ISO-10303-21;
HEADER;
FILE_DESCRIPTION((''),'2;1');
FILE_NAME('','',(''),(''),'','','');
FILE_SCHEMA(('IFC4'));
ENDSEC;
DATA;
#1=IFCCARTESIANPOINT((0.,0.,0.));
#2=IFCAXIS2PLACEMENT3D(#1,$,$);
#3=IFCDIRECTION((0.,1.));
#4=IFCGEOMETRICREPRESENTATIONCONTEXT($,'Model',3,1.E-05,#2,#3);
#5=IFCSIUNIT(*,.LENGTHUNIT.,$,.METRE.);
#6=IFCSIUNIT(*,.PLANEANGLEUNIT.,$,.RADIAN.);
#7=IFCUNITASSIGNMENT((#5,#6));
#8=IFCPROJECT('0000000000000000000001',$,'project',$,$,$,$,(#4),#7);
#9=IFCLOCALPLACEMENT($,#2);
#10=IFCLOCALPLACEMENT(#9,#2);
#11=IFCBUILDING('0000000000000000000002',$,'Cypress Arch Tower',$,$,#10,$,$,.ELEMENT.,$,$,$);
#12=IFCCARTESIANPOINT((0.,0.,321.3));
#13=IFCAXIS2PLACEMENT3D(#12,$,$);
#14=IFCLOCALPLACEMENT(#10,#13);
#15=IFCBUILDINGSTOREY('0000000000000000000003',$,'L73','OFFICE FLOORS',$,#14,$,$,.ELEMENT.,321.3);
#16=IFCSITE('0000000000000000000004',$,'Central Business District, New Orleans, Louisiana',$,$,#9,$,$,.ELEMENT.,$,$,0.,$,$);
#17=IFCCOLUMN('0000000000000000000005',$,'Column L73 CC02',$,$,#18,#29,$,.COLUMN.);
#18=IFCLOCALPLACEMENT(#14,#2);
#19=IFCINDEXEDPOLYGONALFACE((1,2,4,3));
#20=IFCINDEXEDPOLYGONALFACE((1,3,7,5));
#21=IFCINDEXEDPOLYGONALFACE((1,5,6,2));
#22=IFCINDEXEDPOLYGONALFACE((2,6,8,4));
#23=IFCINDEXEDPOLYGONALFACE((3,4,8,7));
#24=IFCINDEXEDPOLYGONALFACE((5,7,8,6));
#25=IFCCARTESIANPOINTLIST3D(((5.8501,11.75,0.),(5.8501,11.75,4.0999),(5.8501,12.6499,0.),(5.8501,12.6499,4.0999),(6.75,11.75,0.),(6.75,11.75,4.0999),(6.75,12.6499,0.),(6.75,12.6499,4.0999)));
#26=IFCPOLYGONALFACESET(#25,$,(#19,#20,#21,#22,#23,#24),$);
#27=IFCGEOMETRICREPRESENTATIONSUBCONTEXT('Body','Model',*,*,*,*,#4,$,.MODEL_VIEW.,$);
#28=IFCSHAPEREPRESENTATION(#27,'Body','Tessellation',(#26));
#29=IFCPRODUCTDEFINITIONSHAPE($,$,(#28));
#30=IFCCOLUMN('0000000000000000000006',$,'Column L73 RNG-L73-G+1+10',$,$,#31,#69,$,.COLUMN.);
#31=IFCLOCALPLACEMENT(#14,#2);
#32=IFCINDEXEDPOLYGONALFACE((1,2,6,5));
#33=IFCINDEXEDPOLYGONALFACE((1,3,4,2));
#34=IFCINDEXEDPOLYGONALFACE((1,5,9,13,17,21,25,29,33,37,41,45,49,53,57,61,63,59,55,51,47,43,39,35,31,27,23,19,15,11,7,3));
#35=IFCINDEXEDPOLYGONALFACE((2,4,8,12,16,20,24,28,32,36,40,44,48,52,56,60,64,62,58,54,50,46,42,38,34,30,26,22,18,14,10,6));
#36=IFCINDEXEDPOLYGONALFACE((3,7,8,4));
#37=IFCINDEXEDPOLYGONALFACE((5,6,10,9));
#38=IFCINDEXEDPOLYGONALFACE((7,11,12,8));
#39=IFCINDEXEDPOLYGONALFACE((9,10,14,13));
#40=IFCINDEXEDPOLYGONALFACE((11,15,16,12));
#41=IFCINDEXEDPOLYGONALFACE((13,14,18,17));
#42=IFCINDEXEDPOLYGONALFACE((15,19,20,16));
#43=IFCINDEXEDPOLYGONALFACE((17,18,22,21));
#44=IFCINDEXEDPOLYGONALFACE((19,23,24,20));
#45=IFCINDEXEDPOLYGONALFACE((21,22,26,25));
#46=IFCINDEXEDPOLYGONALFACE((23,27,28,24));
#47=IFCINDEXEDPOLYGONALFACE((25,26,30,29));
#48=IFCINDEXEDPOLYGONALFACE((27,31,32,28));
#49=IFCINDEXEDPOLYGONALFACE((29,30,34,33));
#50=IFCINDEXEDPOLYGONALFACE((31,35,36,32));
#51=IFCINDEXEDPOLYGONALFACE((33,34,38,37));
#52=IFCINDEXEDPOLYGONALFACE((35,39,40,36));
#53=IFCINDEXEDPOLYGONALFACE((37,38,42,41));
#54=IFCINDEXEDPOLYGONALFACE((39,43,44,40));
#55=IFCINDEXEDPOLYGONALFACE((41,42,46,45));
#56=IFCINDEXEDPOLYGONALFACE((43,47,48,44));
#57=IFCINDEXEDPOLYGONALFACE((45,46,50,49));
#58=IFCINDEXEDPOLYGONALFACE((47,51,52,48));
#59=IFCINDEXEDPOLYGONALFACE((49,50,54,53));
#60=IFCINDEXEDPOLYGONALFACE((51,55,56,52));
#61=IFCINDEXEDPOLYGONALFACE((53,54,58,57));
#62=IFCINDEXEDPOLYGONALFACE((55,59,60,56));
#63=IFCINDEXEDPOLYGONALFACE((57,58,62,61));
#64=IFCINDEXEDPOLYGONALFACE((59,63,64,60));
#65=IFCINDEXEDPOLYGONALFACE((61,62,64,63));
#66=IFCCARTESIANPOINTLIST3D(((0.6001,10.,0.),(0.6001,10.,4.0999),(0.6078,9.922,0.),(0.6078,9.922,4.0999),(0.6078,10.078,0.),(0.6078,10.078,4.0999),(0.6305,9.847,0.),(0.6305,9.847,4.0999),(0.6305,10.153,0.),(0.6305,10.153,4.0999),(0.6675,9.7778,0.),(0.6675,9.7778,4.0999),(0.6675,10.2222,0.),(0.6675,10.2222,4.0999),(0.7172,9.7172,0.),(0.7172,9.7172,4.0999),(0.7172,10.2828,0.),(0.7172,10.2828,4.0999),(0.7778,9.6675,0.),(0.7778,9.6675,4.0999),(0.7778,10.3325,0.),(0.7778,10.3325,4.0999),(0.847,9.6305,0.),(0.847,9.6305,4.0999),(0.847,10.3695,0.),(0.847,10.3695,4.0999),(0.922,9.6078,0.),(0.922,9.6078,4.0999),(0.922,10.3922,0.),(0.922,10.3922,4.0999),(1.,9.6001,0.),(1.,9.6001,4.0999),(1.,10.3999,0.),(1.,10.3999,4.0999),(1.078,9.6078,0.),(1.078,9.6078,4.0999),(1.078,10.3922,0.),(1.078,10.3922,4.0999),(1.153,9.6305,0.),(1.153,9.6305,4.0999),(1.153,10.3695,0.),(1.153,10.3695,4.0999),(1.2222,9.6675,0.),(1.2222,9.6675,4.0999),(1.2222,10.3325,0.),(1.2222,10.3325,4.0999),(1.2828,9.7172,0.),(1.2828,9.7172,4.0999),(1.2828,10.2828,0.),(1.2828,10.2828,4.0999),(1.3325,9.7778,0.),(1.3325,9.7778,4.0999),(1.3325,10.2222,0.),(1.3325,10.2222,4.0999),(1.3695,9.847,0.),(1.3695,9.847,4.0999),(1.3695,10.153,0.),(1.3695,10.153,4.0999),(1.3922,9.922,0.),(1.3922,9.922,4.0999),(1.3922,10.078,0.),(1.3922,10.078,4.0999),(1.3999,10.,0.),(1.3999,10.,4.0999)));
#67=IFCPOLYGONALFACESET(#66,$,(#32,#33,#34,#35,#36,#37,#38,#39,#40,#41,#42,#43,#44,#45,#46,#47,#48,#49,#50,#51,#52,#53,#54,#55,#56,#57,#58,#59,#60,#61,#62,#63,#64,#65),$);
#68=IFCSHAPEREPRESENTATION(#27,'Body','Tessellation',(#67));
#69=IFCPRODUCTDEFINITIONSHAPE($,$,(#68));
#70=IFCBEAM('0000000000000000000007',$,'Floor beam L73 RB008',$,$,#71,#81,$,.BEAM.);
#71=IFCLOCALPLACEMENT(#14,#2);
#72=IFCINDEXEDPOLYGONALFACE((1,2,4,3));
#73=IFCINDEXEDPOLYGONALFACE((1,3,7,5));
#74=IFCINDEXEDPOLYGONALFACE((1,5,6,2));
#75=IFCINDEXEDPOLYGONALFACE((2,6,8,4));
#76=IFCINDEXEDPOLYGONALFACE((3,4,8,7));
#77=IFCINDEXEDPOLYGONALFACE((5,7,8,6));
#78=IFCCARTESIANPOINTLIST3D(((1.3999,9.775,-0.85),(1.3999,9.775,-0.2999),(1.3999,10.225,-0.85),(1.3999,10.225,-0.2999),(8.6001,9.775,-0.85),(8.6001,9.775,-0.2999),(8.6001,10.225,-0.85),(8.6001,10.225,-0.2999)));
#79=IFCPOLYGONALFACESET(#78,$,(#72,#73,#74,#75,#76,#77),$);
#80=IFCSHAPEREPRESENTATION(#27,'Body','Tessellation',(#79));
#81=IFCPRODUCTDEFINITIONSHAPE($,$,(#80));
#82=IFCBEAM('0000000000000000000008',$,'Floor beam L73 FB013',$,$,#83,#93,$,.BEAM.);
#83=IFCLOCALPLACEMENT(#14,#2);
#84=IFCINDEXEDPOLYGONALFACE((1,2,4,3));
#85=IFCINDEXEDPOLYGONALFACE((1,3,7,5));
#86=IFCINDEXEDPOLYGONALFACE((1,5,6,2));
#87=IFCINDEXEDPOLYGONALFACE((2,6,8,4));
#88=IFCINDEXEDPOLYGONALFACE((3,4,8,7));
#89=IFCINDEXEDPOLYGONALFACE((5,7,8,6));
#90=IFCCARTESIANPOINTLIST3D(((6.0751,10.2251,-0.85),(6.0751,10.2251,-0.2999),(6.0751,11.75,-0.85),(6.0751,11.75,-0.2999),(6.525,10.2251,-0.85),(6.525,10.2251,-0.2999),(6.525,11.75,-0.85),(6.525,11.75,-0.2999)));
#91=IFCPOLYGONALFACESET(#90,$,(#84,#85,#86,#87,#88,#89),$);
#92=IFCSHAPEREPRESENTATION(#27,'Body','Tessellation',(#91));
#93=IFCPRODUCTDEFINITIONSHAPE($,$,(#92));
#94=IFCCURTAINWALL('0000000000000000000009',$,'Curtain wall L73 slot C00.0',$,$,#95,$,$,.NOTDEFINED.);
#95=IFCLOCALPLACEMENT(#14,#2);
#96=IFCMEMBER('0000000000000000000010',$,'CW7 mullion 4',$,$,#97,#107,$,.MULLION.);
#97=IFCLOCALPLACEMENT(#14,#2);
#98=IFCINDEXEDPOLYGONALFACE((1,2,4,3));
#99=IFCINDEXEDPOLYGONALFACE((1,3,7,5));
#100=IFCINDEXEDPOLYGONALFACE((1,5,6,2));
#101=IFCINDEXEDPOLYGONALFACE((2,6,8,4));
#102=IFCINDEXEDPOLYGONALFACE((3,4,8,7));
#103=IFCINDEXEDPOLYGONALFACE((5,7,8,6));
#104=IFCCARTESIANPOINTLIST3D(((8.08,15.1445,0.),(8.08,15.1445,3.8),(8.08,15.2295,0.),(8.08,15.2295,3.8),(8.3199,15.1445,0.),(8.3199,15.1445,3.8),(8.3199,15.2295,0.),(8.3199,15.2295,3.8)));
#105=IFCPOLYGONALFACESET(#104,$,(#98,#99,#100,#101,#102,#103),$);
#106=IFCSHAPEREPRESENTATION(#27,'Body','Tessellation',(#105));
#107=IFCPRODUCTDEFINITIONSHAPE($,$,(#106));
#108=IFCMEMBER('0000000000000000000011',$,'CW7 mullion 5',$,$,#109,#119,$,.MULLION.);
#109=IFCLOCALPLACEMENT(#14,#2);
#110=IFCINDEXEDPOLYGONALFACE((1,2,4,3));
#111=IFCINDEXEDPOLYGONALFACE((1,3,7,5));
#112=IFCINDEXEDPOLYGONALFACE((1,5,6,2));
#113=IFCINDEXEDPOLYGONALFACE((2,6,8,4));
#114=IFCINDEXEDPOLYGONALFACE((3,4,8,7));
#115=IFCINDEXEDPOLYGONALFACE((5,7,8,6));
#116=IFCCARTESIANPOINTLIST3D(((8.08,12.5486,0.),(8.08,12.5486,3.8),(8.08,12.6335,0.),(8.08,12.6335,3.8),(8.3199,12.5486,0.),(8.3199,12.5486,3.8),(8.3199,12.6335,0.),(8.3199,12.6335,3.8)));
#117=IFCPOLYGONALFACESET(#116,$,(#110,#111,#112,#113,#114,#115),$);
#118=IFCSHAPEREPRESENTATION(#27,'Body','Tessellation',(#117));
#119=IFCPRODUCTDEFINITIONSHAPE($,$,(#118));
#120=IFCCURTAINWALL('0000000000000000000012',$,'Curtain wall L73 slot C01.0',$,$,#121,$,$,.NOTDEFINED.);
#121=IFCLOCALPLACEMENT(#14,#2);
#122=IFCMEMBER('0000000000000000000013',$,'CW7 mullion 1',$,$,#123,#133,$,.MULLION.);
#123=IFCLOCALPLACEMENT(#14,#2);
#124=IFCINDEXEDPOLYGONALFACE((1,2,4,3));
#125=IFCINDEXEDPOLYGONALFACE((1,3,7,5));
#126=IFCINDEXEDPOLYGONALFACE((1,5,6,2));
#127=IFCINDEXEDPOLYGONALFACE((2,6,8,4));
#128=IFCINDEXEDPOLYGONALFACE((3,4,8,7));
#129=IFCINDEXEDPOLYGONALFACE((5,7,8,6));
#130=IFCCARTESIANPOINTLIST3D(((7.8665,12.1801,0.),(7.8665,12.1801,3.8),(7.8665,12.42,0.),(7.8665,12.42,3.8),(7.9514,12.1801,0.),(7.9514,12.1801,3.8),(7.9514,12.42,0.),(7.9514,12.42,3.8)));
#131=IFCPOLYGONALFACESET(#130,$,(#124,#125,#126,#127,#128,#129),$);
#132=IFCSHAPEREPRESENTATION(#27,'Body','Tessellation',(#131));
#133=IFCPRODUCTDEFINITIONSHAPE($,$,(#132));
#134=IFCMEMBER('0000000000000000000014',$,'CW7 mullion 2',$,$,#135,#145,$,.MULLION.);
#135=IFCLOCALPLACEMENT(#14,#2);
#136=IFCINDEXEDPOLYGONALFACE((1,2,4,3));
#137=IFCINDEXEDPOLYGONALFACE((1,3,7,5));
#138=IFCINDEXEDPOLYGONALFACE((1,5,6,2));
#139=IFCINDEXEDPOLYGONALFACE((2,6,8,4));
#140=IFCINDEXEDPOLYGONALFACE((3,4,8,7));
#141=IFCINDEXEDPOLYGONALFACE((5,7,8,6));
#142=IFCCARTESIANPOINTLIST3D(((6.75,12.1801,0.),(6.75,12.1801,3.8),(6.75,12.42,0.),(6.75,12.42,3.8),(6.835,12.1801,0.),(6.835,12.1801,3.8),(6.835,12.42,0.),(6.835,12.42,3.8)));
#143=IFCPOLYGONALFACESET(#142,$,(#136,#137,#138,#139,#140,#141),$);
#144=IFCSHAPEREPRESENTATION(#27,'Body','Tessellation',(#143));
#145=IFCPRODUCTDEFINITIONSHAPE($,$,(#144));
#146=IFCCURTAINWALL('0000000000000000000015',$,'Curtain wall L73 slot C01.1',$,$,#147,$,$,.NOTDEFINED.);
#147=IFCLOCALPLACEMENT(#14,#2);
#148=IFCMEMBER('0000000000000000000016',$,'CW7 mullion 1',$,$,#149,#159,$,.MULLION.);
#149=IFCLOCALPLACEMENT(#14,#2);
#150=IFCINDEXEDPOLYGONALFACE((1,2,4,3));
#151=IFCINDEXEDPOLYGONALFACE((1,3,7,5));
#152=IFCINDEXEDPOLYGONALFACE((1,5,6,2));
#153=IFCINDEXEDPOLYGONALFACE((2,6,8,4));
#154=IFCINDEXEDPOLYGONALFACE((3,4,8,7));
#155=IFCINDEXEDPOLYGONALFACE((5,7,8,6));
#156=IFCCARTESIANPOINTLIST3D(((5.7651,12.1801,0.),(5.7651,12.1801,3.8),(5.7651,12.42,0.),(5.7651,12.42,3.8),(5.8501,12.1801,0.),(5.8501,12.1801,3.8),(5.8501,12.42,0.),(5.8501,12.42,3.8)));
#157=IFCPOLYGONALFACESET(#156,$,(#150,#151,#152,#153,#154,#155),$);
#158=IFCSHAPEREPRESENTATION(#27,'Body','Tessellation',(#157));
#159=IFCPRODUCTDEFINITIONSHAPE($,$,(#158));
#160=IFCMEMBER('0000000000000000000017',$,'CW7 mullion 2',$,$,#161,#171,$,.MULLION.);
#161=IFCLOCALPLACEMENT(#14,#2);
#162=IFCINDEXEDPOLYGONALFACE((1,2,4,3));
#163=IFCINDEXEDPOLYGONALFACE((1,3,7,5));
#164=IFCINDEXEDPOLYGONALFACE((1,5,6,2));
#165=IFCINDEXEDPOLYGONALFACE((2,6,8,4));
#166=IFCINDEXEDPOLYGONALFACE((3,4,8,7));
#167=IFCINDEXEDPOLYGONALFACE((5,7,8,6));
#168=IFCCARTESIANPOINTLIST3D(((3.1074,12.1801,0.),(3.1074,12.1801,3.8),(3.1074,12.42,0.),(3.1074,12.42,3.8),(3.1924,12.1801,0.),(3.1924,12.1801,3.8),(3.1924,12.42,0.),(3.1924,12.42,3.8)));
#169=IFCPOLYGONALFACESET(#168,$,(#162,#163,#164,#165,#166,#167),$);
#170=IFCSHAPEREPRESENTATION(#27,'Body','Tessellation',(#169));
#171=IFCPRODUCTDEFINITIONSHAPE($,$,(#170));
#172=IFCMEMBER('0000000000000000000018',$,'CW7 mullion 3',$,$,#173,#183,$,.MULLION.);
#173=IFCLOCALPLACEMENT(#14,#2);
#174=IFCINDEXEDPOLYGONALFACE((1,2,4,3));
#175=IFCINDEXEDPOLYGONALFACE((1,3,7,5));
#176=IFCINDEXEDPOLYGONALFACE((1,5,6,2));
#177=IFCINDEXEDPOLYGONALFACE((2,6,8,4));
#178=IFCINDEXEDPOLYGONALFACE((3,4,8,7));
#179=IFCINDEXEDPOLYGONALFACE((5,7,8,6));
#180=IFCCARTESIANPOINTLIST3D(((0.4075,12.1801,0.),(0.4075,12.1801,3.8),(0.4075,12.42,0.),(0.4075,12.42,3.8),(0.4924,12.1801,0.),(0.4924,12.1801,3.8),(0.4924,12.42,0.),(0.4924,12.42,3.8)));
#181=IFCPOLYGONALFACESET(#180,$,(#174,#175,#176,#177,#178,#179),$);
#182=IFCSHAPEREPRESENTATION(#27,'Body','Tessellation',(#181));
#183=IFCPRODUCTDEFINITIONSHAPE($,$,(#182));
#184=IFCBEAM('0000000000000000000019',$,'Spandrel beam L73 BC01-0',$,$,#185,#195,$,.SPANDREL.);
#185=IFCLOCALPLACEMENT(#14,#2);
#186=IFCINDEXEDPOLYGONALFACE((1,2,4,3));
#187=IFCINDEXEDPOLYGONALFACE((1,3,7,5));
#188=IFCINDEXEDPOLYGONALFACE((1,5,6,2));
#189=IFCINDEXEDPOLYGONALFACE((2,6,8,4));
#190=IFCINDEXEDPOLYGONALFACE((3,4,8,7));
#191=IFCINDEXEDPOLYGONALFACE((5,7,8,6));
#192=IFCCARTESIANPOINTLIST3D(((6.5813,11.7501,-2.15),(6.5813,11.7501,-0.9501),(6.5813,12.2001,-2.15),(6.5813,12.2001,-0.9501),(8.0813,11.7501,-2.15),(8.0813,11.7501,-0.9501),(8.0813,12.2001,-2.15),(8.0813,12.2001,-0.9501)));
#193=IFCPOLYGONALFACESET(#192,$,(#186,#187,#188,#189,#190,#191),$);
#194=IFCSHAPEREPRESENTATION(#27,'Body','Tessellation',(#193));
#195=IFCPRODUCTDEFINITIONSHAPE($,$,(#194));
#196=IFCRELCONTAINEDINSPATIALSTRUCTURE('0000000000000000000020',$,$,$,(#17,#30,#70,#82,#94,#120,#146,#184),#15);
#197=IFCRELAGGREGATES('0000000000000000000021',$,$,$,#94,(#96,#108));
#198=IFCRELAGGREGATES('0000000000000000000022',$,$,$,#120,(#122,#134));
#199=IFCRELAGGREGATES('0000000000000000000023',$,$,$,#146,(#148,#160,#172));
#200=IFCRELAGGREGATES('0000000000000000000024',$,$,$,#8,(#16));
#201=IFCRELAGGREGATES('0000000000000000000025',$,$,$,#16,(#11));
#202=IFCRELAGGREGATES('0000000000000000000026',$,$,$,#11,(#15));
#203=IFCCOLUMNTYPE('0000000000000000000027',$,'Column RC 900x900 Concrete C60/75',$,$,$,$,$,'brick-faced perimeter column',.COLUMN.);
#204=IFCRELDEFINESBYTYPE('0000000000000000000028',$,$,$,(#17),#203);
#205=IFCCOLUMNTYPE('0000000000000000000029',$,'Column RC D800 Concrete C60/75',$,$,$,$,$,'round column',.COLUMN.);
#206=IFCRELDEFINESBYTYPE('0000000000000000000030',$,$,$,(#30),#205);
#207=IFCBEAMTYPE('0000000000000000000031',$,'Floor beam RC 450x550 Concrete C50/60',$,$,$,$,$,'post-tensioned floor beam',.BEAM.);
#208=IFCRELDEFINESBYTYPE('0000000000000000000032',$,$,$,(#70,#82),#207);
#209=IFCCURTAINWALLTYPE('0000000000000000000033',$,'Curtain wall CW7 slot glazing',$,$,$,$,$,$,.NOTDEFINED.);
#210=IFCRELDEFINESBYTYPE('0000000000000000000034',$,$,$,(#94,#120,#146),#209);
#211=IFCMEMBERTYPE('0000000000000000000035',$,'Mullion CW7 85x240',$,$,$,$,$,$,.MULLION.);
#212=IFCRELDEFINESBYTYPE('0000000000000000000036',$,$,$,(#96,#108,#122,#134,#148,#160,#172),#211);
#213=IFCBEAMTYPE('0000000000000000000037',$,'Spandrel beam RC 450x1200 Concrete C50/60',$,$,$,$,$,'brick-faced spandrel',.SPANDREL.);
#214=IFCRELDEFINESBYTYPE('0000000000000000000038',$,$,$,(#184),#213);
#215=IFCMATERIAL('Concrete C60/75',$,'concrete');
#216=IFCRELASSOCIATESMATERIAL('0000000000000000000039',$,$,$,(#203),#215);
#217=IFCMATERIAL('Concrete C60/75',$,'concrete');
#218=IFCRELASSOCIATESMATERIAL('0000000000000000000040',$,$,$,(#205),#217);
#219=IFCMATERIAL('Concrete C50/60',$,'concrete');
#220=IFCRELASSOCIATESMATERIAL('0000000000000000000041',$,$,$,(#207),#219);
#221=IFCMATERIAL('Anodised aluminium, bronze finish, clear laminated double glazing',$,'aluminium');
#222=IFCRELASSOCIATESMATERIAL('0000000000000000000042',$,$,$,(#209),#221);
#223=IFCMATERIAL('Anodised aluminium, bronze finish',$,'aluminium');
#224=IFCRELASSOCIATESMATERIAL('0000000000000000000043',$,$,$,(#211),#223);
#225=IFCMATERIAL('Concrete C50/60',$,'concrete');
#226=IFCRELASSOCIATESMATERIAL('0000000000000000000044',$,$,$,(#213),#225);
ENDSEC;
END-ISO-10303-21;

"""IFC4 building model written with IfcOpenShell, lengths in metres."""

from ifc_helpers import new_model, si_unit, direction, frame, origin, origin_2d, place, context, subcontext, project, spatial, rectangle, circle, extrude, material, material_profile, profile_set, type_object, element, aggregate, save


model = new_model("IFC4")

# Units and contexts
model_context = context("Model", 3, precision=1e-05, world=origin(), true_north=direction((0.0, 1.0)))
body_context = subcontext(model_context, "Body", "Model", "MODEL_VIEW")
ifc_project = project(units=[si_unit("LENGTHUNIT", "METRE"), si_unit("PLANEANGLEUNIT", "RADIAN")], contexts=[model_context])

# Site, building, storey
site_placement = place(None, origin())
site = spatial("IfcSite", under=ifc_project, at=site_placement, Name="Central Business District, New Orleans, Louisiana", CompositionType="ELEMENT", RefElevation=0.0)
building_placement = place(site_placement, origin())
building = spatial("IfcBuilding", under=site, at=building_placement, Name="Cypress Arch Tower", CompositionType="ELEMENT")
storey_placement = place(building_placement, frame((0.0, 0.0, 321.3)))
storey = spatial("IfcBuildingStorey", under=building, at=storey_placement, Name="L73", Description="OFFICE FLOORS", CompositionType="ELEMENT", Elevation=321.3)

# Columns
ifc_material_1 = material(Name="Concrete C60/75", Category="concrete")
ifc_material_profile_1 = material_profile(ifc_material_1, rectangle(XDim=0.8999, YDim=0.8999, at=origin_2d()), Name="RC 900x900")
ifc_profile_set_1 = profile_set([ifc_material_profile_1], Name="Concrete C60/75")
column_type_1 = type_object("IfcColumnType", Name="Column RC 900x900 Concrete C60/75", ElementType="brick-faced perimeter column", PredefinedType="COLUMN", material=ifc_profile_set_1)
column_1_placement = place(storey_placement, frame((6.3, 12.2, 0.0), z_axis=(0.0, 0.0, 1.0), x_axis=(-1.0, 0.0, 0.0)))
element("IfcColumn", 1, at=column_1_placement, inside=storey, type_object=column_type_1, Name="Column L73 CC02", PredefinedType="COLUMN", context=body_context, shape_type="SweptSolid", body=[
    extrude(rectangle(XDim=0.8999, YDim=0.8999, at=origin_2d()), origin(), (0.0, 0.0, 1.0), 4.0999),
])
ifc_material_2 = material(Name="Concrete C60/75", Category="concrete")
ifc_material_profile_2 = material_profile(ifc_material_2, circle(Radius=0.3999, at=origin_2d()), Name="RC D800")
ifc_profile_set_2 = profile_set([ifc_material_profile_2], Name="Concrete C60/75")
column_type_2 = type_object("IfcColumnType", Name="Column RC D800 Concrete C60/75", ElementType="round column", PredefinedType="COLUMN", material=ifc_profile_set_2)
column_2_placement = place(storey_placement, frame((1.0, 10.0, 0.0), z_axis=(0.0, 0.0, 1.0), x_axis=(1.0, 0.0, 0.0)))
element("IfcColumn", 2, at=column_2_placement, inside=storey, type_object=column_type_2, Name="Column L73 RNG-L73-G+1+10", PredefinedType="COLUMN", context=body_context, shape_type="SweptSolid", body=[
    extrude(circle(Radius=0.3999, at=origin_2d()), origin(), (0.0, 0.0, 1.0), 4.0999),
])

# Beams
ifc_material_3 = material(Name="Concrete C50/60", Category="concrete")
ifc_material_profile_3 = material_profile(ifc_material_3, rectangle(XDim=0.45, YDim=0.55, at=origin_2d()), Name="RC 450x550")
ifc_profile_set_3 = profile_set([ifc_material_profile_3], Name="Concrete C50/60")
beam_type_1 = type_object("IfcBeamType", Name="Floor beam RC 450x550 Concrete C50/60", ElementType="post-tensioned floor beam", PredefinedType="BEAM", material=ifc_profile_set_3)
beam_1_placement = place(storey_placement, frame((1.3999, 10.0, -0.575), z_axis=(1.0, 0.0, 0.0), x_axis=(0.0, 1.0, 0.0)))
element("IfcBeam", 3, at=beam_1_placement, inside=storey, type_object=beam_type_1, Name="Floor beam L73 RB008", PredefinedType="BEAM", context=body_context, shape_type="SweptSolid", body=[
    extrude(rectangle(XDim=0.45, YDim=0.55, at=origin_2d()), origin(), (0.0, 0.0, 1.0), 7.2002),
])
beam_2_placement = place(storey_placement, frame((6.3, 10.2251, -0.575), z_axis=(0.0, 1.0, 0.0), x_axis=(-1.0, 0.0, 0.0)))
element("IfcBeam", 4, at=beam_2_placement, inside=storey, type_object=beam_type_1, Name="Floor beam L73 FB013", PredefinedType="BEAM", context=body_context, shape_type="SweptSolid", body=[
    extrude(rectangle(XDim=0.45, YDim=0.55, at=origin_2d()), origin(), (0.0, 0.0, 1.0), 1.5249),
])

# Curtain walls, members
ifc_material_4 = material(Name="Anodised aluminium, bronze finish, clear laminated double glazing", Category="aluminium")
curtain_wall_type = type_object("IfcCurtainWallType", Name="Curtain wall CW7 slot glazing", PredefinedType="NOTDEFINED", material=ifc_material_4)
curtain_wall_1_placement = place(storey_placement, origin())
curtain_wall_1 = element("IfcCurtainWall", 5, at=curtain_wall_1_placement, inside=storey, type_object=curtain_wall_type, Name="Curtain wall L73 slot C00.0", PredefinedType="NOTDEFINED")
ifc_material_5 = material(Name="Anodised aluminium, bronze finish", Category="aluminium")
ifc_material_profile_4 = material_profile(ifc_material_5, rectangle(XDim=0.24, YDim=0.085, at=origin_2d()), Name="Mullion 85x240")
ifc_profile_set_4 = profile_set([ifc_material_profile_4], Name="Anodised aluminium, bronze finish")
member_type_1 = type_object("IfcMemberType", Name="Mullion CW7 85x240", PredefinedType="MULLION", material=ifc_profile_set_4)
member_1_placement = place(storey_placement, frame((8.2, 15.187, 0.0), z_axis=(0.0, 0.0, 1.0), x_axis=(1.0, 0.0, 0.0)))
member_1 = element("IfcMember", 6, at=member_1_placement, type_object=member_type_1, Name="CW7 mullion 4", PredefinedType="MULLION", context=body_context, shape_type="SweptSolid", body=[
    extrude(rectangle(XDim=0.24, YDim=0.085, at=origin_2d()), origin(), (0.0, 0.0, 1.0), 3.8),
])
member_2_placement = place(storey_placement, frame((8.2, 12.5911, 0.0), z_axis=(0.0, 0.0, 1.0), x_axis=(1.0, 0.0, 0.0)))
member_2 = element("IfcMember", 7, at=member_2_placement, type_object=member_type_1, Name="CW7 mullion 5", PredefinedType="MULLION", context=body_context, shape_type="SweptSolid", body=[
    extrude(rectangle(XDim=0.24, YDim=0.085, at=origin_2d()), origin(), (0.0, 0.0, 1.0), 3.8),
])
curtain_wall_2_placement = place(storey_placement, origin())
curtain_wall_2 = element("IfcCurtainWall", 8, at=curtain_wall_2_placement, inside=storey, type_object=curtain_wall_type, Name="Curtain wall L73 slot C01.0", PredefinedType="NOTDEFINED")
member_3_placement = place(storey_placement, frame((7.9089, 12.3, 0.0), z_axis=(0.0, 0.0, 1.0), x_axis=(0.0, -1.0, 0.0)))
member_3 = element("IfcMember", 9, at=member_3_placement, type_object=member_type_1, Name="CW7 mullion 1", PredefinedType="MULLION", context=body_context, shape_type="SweptSolid", body=[
    extrude(rectangle(XDim=0.24, YDim=0.085, at=origin_2d()), origin(), (0.0, 0.0, 1.0), 3.8),
])
member_4_placement = place(storey_placement, frame((6.7925, 12.3, 0.0), z_axis=(0.0, 0.0, 1.0), x_axis=(0.0, -1.0, 0.0)))
member_4 = element("IfcMember", 10, at=member_4_placement, type_object=member_type_1, Name="CW7 mullion 2", PredefinedType="MULLION", context=body_context, shape_type="SweptSolid", body=[
    extrude(rectangle(XDim=0.24, YDim=0.085, at=origin_2d()), origin(), (0.0, 0.0, 1.0), 3.8),
])
curtain_wall_3_placement = place(storey_placement, origin())
curtain_wall_3 = element("IfcCurtainWall", 11, at=curtain_wall_3_placement, inside=storey, type_object=curtain_wall_type, Name="Curtain wall L73 slot C01.1", PredefinedType="NOTDEFINED")
member_5_placement = place(storey_placement, frame((5.8076, 12.3, 0.0), z_axis=(0.0, 0.0, 1.0), x_axis=(0.0, -1.0, 0.0)))
member_5 = element("IfcMember", 12, at=member_5_placement, type_object=member_type_1, Name="CW7 mullion 1", PredefinedType="MULLION", context=body_context, shape_type="SweptSolid", body=[
    extrude(rectangle(XDim=0.24, YDim=0.085, at=origin_2d()), origin(), (0.0, 0.0, 1.0), 3.8),
])
member_6_placement = place(storey_placement, frame((3.1499, 12.3, 0.0), z_axis=(0.0, 0.0, 1.0), x_axis=(0.0, -1.0, 0.0)))
member_6 = element("IfcMember", 13, at=member_6_placement, type_object=member_type_1, Name="CW7 mullion 2", PredefinedType="MULLION", context=body_context, shape_type="SweptSolid", body=[
    extrude(rectangle(XDim=0.24, YDim=0.085, at=origin_2d()), origin(), (0.0, 0.0, 1.0), 3.8),
])
member_7_placement = place(storey_placement, frame((0.45, 12.3, 0.0), z_axis=(0.0, 0.0, 1.0), x_axis=(0.0, -1.0, 0.0)))
member_7 = element("IfcMember", 14, at=member_7_placement, type_object=member_type_1, Name="CW7 mullion 3", PredefinedType="MULLION", context=body_context, shape_type="SweptSolid", body=[
    extrude(rectangle(XDim=0.24, YDim=0.085, at=origin_2d()), origin(), (0.0, 0.0, 1.0), 3.8),
])

# Beam
ifc_material_6 = material(Name="Concrete C50/60", Category="concrete")
ifc_material_profile_5 = material_profile(ifc_material_6, rectangle(XDim=0.45, YDim=1.2, at=origin_2d()), Name="RC 450x1200")
ifc_profile_set_5 = profile_set([ifc_material_profile_5], Name="Concrete C50/60")
beam_type_2 = type_object("IfcBeamType", Name="Spandrel beam RC 450x1200 Concrete C50/60", ElementType="brick-faced spandrel", PredefinedType="SPANDREL", material=ifc_profile_set_5)
beam_3_placement = place(storey_placement, frame((8.0813, 11.9751, -1.55), z_axis=(-1.0, 0.0, 0.0), x_axis=(0.0, -1.0, 0.0)))
element("IfcBeam", 15, at=beam_3_placement, inside=storey, type_object=beam_type_2, Name="Spandrel beam L73 BC01-0", PredefinedType="SPANDREL", context=body_context, shape_type="SweptSolid", body=[
    extrude(rectangle(XDim=0.45, YDim=1.2, at=origin_2d()), origin(), (0.0, 0.0, 1.0), 1.5),
])

aggregate(curtain_wall_1, [member_1, member_2])
aggregate(curtain_wall_2, [member_3, member_4])
aggregate(curtain_wall_3, [member_5, member_6, member_7])

save(model, "model.ifc")
